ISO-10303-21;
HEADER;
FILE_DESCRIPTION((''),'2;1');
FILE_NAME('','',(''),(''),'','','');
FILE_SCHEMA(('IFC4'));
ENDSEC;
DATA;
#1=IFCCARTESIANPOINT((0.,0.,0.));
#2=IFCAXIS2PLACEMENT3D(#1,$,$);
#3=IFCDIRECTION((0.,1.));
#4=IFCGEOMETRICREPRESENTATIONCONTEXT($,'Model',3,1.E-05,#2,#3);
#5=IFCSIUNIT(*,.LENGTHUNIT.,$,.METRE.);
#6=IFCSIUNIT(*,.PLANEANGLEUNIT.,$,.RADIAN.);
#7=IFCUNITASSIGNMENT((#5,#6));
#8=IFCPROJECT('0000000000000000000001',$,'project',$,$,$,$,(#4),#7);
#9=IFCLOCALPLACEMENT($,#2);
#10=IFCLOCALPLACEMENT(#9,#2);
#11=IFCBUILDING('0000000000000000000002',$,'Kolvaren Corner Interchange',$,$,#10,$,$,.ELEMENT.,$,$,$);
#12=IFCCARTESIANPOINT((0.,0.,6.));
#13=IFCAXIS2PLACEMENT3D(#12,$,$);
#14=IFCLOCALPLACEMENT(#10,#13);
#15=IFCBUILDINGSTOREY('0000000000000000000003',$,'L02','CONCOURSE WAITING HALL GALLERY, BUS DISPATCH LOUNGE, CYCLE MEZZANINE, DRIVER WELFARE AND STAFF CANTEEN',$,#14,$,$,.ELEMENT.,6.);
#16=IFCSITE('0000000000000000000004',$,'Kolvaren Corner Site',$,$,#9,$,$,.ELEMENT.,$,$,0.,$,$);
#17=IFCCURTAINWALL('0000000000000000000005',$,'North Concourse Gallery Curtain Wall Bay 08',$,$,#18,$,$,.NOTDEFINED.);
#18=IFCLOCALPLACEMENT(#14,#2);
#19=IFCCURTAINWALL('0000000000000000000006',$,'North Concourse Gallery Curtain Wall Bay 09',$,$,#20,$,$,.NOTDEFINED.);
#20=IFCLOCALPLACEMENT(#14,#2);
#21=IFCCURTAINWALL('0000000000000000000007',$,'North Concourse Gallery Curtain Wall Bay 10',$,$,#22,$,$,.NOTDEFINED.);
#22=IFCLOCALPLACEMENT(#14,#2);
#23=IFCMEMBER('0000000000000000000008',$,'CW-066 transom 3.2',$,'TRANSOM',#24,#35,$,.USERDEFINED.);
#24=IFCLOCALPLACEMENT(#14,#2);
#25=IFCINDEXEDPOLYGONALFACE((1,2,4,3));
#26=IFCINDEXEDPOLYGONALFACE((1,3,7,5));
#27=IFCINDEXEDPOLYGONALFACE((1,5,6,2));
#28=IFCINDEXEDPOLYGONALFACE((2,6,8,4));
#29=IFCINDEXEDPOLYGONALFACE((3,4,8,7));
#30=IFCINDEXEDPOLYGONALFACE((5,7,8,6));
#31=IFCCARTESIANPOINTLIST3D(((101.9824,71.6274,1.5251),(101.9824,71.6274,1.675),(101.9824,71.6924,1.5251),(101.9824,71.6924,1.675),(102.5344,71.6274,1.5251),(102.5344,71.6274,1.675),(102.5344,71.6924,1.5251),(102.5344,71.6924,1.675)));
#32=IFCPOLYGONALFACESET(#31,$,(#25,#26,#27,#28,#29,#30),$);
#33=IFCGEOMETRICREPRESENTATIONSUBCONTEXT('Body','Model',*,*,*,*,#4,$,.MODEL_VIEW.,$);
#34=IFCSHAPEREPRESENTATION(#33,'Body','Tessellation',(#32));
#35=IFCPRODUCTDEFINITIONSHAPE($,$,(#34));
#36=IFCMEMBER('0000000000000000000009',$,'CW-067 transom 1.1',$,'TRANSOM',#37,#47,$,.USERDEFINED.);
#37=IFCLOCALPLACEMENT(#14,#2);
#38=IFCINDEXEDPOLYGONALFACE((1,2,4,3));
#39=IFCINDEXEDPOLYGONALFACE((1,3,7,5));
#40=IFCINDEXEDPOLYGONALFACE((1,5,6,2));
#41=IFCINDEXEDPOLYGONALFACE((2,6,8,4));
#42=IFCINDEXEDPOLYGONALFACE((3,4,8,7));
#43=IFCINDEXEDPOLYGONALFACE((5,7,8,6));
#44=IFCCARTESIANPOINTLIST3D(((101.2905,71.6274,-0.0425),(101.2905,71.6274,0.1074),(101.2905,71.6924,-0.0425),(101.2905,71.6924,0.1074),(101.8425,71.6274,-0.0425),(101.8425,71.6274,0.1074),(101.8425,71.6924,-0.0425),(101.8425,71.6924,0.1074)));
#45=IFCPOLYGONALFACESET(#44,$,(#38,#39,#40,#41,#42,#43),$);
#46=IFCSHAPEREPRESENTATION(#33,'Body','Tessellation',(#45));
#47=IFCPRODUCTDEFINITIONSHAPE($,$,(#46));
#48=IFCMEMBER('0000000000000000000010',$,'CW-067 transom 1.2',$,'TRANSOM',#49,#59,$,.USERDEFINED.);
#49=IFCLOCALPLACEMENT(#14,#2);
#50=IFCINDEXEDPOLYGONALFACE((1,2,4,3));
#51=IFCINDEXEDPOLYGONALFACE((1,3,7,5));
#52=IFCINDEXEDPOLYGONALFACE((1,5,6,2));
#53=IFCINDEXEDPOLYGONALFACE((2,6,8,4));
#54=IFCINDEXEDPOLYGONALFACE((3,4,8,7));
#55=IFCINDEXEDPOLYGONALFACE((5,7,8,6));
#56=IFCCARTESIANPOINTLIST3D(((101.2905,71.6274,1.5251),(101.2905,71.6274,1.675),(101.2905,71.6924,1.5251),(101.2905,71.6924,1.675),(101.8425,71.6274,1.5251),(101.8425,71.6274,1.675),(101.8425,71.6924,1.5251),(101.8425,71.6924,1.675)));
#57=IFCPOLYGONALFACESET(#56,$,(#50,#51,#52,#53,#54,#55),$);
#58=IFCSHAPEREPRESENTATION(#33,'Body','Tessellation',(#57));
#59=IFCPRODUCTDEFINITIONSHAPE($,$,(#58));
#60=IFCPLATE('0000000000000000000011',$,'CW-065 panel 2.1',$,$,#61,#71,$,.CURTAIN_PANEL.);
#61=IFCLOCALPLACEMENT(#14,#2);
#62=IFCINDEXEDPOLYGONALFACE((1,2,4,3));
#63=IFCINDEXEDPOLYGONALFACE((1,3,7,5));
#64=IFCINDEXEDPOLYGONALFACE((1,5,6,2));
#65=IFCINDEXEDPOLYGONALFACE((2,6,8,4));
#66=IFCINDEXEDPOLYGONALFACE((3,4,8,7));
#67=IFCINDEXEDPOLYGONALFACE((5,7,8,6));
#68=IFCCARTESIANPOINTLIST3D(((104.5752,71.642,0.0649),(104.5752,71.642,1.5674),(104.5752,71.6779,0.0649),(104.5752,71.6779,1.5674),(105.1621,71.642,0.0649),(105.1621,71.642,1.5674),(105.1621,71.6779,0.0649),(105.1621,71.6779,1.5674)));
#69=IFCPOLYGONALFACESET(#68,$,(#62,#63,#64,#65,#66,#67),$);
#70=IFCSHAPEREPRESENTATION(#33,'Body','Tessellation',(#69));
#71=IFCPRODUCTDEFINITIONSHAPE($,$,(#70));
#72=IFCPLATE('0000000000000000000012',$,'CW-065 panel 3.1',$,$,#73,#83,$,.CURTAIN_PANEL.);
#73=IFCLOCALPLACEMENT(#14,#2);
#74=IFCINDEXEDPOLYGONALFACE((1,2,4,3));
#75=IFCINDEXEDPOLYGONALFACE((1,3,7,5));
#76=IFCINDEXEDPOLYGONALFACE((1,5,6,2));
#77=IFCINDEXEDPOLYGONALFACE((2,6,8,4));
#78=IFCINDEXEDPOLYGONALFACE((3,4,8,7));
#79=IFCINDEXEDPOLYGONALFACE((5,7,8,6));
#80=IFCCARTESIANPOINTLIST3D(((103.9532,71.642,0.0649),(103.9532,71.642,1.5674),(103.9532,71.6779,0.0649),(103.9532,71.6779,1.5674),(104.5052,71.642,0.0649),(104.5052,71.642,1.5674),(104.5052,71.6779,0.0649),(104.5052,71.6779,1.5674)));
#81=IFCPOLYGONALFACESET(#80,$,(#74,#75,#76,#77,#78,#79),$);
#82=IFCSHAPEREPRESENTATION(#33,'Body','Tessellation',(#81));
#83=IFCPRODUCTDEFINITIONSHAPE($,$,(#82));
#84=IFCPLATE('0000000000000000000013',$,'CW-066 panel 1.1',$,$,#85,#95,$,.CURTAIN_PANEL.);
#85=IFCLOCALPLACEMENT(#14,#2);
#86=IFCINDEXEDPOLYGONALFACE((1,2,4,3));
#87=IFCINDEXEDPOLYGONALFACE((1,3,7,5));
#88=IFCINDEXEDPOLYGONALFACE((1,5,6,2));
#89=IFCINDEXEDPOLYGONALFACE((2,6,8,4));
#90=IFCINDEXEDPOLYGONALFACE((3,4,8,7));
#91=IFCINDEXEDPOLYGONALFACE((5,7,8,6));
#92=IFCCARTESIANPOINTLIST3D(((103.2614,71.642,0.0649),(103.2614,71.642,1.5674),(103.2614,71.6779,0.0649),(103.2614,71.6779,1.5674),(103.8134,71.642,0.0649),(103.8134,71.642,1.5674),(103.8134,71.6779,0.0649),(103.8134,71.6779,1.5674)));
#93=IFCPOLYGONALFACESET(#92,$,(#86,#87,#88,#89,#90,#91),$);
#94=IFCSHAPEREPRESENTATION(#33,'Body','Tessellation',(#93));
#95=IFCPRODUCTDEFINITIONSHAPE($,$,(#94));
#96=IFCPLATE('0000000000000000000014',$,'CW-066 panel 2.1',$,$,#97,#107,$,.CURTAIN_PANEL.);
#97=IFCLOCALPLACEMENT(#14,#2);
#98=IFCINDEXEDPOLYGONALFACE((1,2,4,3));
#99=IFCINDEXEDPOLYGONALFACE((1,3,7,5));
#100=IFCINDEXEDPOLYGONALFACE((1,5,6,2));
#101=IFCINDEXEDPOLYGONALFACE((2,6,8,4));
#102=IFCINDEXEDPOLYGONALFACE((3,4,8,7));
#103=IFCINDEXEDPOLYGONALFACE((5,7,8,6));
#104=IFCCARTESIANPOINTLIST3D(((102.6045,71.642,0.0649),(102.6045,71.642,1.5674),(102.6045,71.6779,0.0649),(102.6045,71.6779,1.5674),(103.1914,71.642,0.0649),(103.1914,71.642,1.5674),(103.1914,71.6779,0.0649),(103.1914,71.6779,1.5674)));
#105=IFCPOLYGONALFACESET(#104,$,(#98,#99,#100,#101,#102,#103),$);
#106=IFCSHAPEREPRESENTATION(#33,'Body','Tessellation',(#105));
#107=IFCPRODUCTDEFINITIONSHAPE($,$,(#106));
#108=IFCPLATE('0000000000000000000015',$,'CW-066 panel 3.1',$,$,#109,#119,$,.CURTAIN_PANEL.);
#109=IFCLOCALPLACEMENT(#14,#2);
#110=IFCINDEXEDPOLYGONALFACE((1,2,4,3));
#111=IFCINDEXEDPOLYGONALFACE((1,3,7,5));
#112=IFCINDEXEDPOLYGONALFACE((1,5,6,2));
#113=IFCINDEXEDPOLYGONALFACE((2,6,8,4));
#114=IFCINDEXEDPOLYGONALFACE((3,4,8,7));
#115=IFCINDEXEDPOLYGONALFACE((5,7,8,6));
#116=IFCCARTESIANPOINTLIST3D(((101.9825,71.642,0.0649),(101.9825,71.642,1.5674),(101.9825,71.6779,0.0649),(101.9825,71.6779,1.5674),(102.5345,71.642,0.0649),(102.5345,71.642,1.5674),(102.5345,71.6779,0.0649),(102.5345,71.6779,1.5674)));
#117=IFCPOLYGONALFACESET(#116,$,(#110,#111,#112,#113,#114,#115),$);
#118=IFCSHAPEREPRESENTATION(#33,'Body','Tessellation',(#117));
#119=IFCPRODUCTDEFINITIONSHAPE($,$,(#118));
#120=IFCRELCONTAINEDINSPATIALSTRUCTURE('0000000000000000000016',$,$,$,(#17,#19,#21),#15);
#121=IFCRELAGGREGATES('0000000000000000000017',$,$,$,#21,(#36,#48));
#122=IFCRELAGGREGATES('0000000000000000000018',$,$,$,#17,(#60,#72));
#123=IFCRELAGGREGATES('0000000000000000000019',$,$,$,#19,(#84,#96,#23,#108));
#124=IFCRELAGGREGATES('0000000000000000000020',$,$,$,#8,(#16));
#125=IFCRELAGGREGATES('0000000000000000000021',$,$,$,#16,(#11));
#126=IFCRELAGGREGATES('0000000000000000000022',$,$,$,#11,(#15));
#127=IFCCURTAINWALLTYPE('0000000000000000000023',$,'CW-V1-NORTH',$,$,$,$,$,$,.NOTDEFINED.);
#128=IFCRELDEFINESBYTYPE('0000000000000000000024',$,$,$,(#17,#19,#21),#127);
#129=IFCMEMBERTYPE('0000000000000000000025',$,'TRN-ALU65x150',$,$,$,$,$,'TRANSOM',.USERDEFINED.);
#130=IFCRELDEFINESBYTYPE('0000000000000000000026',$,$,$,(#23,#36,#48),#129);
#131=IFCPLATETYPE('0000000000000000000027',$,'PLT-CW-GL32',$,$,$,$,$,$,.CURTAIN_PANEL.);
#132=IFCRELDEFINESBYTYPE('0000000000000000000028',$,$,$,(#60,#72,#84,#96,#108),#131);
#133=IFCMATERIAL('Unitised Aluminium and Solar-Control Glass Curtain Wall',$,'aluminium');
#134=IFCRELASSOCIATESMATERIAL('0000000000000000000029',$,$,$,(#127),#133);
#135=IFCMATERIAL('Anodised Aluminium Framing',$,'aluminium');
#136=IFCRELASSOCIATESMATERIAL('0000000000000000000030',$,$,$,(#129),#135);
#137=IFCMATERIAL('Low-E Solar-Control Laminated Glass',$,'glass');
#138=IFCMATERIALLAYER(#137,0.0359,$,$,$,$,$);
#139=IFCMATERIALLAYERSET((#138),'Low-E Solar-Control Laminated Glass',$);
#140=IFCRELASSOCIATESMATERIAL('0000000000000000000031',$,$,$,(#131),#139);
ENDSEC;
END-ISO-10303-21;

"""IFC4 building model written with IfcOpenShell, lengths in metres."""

from ifc_helpers import new_model, si_unit, direction, frame, origin, origin_2d, place, context, subcontext, project, spatial, rectangle, extrude, material, layer, layer_set, material_profile, profile_set, type_object, element, aggregate, save


model = new_model("IFC4")

# Units and contexts
model_context = context("Model", 3, precision=1e-05, world=origin(), true_north=direction((0.0, 1.0)))
body_context = subcontext(model_context, "Body", "Model", "MODEL_VIEW")
ifc_project = project(units=[si_unit("LENGTHUNIT", "METRE"), si_unit("PLANEANGLEUNIT", "RADIAN")], contexts=[model_context])

# Site, building, storey
site_placement = place(None, origin())
site = spatial("IfcSite", under=ifc_project, at=site_placement, Name="Kolvaren Corner Site", CompositionType="ELEMENT", RefElevation=0.0)
building_placement = place(site_placement, origin())
building = spatial("IfcBuilding", under=site, at=building_placement, Name="Kolvaren Corner Interchange", CompositionType="ELEMENT")
storey_placement = place(building_placement, frame((0.0, 0.0, 6.0)))
storey = spatial("IfcBuildingStorey", under=building, at=storey_placement, Name="L02", Description="CONCOURSE WAITING HALL GALLERY, BUS DISPATCH LOUNGE, CYCLE MEZZANINE, DRIVER WELFARE AND STAFF CANTEEN", CompositionType="ELEMENT", Elevation=6.0)

# Curtain walls
ifc_material_1 = material(Name="Unitised Aluminium and Solar-Control Glass Curtain Wall", Category="aluminium")
curtain_wall_type = type_object("IfcCurtainWallType", Name="CW-V1-NORTH", PredefinedType="NOTDEFINED", material=ifc_material_1)
curtain_wall_1_placement = place(storey_placement, origin())
curtain_wall_1 = element("IfcCurtainWall", 1, at=curtain_wall_1_placement, inside=storey, type_object=curtain_wall_type, Name="North Concourse Gallery Curtain Wall Bay 08", PredefinedType="NOTDEFINED")
curtain_wall_2_placement = place(storey_placement, origin())
curtain_wall_2 = element("IfcCurtainWall", 2, at=curtain_wall_2_placement, inside=storey, type_object=curtain_wall_type, Name="North Concourse Gallery Curtain Wall Bay 09", PredefinedType="NOTDEFINED")

# Curtain wall
curtain_wall_3_placement = place(storey_placement, origin())
curtain_wall_3 = element("IfcCurtainWall", 3, at=curtain_wall_3_placement, inside=storey, type_object=curtain_wall_type, Name="North Concourse Gallery Curtain Wall Bay 10", PredefinedType="NOTDEFINED")

# Members
ifc_material_2 = material(Name="Anodised Aluminium Framing", Category="aluminium")
ifc_material_profile_1 = material_profile(ifc_material_2, rectangle(XDim=0.0649, YDim=0.1499, at=origin_2d()), Name="ALU 65x150")
ifc_profile_set_1 = profile_set([ifc_material_profile_1], Name="Anodised Aluminium Framing")
member_type_1 = type_object("IfcMemberType", Name="TRN-ALU65x150", ElementType="TRANSOM", PredefinedType="USERDEFINED", material=ifc_profile_set_1)
member_1_placement = place(storey_placement, frame((102.5344, 71.6599, 1.6001), z_axis=(-1.0, 0.0, 0.0), x_axis=(0.0, -1.0, 0.0)))
member_1 = element("IfcMember", 4, at=member_1_placement, type_object=member_type_1, Name="CW-066 transom 3.2", ObjectType="TRANSOM", PredefinedType="USERDEFINED", context=body_context, shape_type="SweptSolid", body=[
    extrude(rectangle(XDim=0.0649, YDim=0.1499, at=origin_2d()), origin(), (0.0, 0.0, 1.0), 0.552),
])
member_2_placement = place(storey_placement, frame((101.8425, 71.6599, 0.0325), z_axis=(-1.0, 0.0, 0.0), x_axis=(0.0, -1.0, 0.0)))
member_2 = element("IfcMember", 5, at=member_2_placement, type_object=member_type_1, Name="CW-067 transom 1.1", ObjectType="TRANSOM", PredefinedType="USERDEFINED", context=body_context, shape_type="SweptSolid", body=[
    extrude(rectangle(XDim=0.0649, YDim=0.1499, at=origin_2d()), origin(), (0.0, 0.0, 1.0), 0.552),
])
member_3_placement = place(storey_placement, frame((101.8425, 71.6599, 1.6001), z_axis=(-1.0, 0.0, 0.0), x_axis=(0.0, -1.0, 0.0)))
member_3 = element("IfcMember", 6, at=member_3_placement, type_object=member_type_1, Name="CW-067 transom 1.2", ObjectType="TRANSOM", PredefinedType="USERDEFINED", context=body_context, shape_type="SweptSolid", body=[
    extrude(rectangle(XDim=0.0649, YDim=0.1499, at=origin_2d()), origin(), (0.0, 0.0, 1.0), 0.552),
])
aggregate(curtain_wall_3, [member_2, member_3])

# Plates
ifc_material_3 = material(Name="Low-E Solar-Control Laminated Glass", Category="glass")
ifc_layer = layer(ifc_material_3, 0.0359)
ifc_layer_set = layer_set([ifc_layer], Name="Low-E Solar-Control Laminated Glass")
plate_type = type_object("IfcPlateType", Name="PLT-CW-GL32", PredefinedType="CURTAIN_PANEL", material=ifc_layer_set)
plate_1_placement = place(storey_placement, frame((104.8687, 71.6599, 0.0649), z_axis=(0.0, 0.0, 1.0), x_axis=(-1.0, 0.0, 0.0)))
plate_1 = element("IfcPlate", 7, at=plate_1_placement, type_object=plate_type, Name="CW-065 panel 2.1", PredefinedType="CURTAIN_PANEL", context=body_context, shape_type="SweptSolid", body=[
    extrude(rectangle(XDim=0.5869, YDim=0.0359, at=origin_2d()), origin(), (0.0, 0.0, 1.0), 1.5024),
])
plate_2_placement = place(storey_placement, frame((104.2292, 71.6599, 0.0649), z_axis=(0.0, 0.0, 1.0), x_axis=(-1.0, 0.0, 0.0)))
plate_2 = element("IfcPlate", 8, at=plate_2_placement, type_object=plate_type, Name="CW-065 panel 3.1", PredefinedType="CURTAIN_PANEL", context=body_context, shape_type="SweptSolid", body=[
    extrude(rectangle(XDim=0.552, YDim=0.0359, at=origin_2d()), origin(), (0.0, 0.0, 1.0), 1.5024),
])
aggregate(curtain_wall_1, [plate_1, plate_2])
plate_3_placement = place(storey_placement, frame((103.5374, 71.6599, 0.0649), z_axis=(0.0, 0.0, 1.0), x_axis=(-1.0, 0.0, 0.0)))
plate_3 = element("IfcPlate", 9, at=plate_3_placement, type_object=plate_type, Name="CW-066 panel 1.1", PredefinedType="CURTAIN_PANEL", context=body_context, shape_type="SweptSolid", body=[
    extrude(rectangle(XDim=0.552, YDim=0.0359, at=origin_2d()), origin(), (0.0, 0.0, 1.0), 1.5024),
])
plate_4_placement = place(storey_placement, frame((102.8979, 71.6599, 0.0649), z_axis=(0.0, 0.0, 1.0), x_axis=(-1.0, 0.0, 0.0)))
plate_4 = element("IfcPlate", 10, at=plate_4_placement, type_object=plate_type, Name="CW-066 panel 2.1", PredefinedType="CURTAIN_PANEL", context=body_context, shape_type="SweptSolid", body=[
    extrude(rectangle(XDim=0.5869, YDim=0.0359, at=origin_2d()), origin(), (0.0, 0.0, 1.0), 1.5024),
])
plate_5_placement = place(storey_placement, frame((102.2585, 71.6599, 0.0649), z_axis=(0.0, 0.0, 1.0), x_axis=(-1.0, 0.0, 0.0)))
plate_5 = element("IfcPlate", 11, at=plate_5_placement, type_object=plate_type, Name="CW-066 panel 3.1", PredefinedType="CURTAIN_PANEL", context=body_context, shape_type="SweptSolid", body=[
    extrude(rectangle(XDim=0.552, YDim=0.0359, at=origin_2d()), origin(), (0.0, 0.0, 1.0), 1.5024),
])
aggregate(curtain_wall_2, [plate_3, plate_4, member_1, plate_5])

save(model, "model.ifc")
